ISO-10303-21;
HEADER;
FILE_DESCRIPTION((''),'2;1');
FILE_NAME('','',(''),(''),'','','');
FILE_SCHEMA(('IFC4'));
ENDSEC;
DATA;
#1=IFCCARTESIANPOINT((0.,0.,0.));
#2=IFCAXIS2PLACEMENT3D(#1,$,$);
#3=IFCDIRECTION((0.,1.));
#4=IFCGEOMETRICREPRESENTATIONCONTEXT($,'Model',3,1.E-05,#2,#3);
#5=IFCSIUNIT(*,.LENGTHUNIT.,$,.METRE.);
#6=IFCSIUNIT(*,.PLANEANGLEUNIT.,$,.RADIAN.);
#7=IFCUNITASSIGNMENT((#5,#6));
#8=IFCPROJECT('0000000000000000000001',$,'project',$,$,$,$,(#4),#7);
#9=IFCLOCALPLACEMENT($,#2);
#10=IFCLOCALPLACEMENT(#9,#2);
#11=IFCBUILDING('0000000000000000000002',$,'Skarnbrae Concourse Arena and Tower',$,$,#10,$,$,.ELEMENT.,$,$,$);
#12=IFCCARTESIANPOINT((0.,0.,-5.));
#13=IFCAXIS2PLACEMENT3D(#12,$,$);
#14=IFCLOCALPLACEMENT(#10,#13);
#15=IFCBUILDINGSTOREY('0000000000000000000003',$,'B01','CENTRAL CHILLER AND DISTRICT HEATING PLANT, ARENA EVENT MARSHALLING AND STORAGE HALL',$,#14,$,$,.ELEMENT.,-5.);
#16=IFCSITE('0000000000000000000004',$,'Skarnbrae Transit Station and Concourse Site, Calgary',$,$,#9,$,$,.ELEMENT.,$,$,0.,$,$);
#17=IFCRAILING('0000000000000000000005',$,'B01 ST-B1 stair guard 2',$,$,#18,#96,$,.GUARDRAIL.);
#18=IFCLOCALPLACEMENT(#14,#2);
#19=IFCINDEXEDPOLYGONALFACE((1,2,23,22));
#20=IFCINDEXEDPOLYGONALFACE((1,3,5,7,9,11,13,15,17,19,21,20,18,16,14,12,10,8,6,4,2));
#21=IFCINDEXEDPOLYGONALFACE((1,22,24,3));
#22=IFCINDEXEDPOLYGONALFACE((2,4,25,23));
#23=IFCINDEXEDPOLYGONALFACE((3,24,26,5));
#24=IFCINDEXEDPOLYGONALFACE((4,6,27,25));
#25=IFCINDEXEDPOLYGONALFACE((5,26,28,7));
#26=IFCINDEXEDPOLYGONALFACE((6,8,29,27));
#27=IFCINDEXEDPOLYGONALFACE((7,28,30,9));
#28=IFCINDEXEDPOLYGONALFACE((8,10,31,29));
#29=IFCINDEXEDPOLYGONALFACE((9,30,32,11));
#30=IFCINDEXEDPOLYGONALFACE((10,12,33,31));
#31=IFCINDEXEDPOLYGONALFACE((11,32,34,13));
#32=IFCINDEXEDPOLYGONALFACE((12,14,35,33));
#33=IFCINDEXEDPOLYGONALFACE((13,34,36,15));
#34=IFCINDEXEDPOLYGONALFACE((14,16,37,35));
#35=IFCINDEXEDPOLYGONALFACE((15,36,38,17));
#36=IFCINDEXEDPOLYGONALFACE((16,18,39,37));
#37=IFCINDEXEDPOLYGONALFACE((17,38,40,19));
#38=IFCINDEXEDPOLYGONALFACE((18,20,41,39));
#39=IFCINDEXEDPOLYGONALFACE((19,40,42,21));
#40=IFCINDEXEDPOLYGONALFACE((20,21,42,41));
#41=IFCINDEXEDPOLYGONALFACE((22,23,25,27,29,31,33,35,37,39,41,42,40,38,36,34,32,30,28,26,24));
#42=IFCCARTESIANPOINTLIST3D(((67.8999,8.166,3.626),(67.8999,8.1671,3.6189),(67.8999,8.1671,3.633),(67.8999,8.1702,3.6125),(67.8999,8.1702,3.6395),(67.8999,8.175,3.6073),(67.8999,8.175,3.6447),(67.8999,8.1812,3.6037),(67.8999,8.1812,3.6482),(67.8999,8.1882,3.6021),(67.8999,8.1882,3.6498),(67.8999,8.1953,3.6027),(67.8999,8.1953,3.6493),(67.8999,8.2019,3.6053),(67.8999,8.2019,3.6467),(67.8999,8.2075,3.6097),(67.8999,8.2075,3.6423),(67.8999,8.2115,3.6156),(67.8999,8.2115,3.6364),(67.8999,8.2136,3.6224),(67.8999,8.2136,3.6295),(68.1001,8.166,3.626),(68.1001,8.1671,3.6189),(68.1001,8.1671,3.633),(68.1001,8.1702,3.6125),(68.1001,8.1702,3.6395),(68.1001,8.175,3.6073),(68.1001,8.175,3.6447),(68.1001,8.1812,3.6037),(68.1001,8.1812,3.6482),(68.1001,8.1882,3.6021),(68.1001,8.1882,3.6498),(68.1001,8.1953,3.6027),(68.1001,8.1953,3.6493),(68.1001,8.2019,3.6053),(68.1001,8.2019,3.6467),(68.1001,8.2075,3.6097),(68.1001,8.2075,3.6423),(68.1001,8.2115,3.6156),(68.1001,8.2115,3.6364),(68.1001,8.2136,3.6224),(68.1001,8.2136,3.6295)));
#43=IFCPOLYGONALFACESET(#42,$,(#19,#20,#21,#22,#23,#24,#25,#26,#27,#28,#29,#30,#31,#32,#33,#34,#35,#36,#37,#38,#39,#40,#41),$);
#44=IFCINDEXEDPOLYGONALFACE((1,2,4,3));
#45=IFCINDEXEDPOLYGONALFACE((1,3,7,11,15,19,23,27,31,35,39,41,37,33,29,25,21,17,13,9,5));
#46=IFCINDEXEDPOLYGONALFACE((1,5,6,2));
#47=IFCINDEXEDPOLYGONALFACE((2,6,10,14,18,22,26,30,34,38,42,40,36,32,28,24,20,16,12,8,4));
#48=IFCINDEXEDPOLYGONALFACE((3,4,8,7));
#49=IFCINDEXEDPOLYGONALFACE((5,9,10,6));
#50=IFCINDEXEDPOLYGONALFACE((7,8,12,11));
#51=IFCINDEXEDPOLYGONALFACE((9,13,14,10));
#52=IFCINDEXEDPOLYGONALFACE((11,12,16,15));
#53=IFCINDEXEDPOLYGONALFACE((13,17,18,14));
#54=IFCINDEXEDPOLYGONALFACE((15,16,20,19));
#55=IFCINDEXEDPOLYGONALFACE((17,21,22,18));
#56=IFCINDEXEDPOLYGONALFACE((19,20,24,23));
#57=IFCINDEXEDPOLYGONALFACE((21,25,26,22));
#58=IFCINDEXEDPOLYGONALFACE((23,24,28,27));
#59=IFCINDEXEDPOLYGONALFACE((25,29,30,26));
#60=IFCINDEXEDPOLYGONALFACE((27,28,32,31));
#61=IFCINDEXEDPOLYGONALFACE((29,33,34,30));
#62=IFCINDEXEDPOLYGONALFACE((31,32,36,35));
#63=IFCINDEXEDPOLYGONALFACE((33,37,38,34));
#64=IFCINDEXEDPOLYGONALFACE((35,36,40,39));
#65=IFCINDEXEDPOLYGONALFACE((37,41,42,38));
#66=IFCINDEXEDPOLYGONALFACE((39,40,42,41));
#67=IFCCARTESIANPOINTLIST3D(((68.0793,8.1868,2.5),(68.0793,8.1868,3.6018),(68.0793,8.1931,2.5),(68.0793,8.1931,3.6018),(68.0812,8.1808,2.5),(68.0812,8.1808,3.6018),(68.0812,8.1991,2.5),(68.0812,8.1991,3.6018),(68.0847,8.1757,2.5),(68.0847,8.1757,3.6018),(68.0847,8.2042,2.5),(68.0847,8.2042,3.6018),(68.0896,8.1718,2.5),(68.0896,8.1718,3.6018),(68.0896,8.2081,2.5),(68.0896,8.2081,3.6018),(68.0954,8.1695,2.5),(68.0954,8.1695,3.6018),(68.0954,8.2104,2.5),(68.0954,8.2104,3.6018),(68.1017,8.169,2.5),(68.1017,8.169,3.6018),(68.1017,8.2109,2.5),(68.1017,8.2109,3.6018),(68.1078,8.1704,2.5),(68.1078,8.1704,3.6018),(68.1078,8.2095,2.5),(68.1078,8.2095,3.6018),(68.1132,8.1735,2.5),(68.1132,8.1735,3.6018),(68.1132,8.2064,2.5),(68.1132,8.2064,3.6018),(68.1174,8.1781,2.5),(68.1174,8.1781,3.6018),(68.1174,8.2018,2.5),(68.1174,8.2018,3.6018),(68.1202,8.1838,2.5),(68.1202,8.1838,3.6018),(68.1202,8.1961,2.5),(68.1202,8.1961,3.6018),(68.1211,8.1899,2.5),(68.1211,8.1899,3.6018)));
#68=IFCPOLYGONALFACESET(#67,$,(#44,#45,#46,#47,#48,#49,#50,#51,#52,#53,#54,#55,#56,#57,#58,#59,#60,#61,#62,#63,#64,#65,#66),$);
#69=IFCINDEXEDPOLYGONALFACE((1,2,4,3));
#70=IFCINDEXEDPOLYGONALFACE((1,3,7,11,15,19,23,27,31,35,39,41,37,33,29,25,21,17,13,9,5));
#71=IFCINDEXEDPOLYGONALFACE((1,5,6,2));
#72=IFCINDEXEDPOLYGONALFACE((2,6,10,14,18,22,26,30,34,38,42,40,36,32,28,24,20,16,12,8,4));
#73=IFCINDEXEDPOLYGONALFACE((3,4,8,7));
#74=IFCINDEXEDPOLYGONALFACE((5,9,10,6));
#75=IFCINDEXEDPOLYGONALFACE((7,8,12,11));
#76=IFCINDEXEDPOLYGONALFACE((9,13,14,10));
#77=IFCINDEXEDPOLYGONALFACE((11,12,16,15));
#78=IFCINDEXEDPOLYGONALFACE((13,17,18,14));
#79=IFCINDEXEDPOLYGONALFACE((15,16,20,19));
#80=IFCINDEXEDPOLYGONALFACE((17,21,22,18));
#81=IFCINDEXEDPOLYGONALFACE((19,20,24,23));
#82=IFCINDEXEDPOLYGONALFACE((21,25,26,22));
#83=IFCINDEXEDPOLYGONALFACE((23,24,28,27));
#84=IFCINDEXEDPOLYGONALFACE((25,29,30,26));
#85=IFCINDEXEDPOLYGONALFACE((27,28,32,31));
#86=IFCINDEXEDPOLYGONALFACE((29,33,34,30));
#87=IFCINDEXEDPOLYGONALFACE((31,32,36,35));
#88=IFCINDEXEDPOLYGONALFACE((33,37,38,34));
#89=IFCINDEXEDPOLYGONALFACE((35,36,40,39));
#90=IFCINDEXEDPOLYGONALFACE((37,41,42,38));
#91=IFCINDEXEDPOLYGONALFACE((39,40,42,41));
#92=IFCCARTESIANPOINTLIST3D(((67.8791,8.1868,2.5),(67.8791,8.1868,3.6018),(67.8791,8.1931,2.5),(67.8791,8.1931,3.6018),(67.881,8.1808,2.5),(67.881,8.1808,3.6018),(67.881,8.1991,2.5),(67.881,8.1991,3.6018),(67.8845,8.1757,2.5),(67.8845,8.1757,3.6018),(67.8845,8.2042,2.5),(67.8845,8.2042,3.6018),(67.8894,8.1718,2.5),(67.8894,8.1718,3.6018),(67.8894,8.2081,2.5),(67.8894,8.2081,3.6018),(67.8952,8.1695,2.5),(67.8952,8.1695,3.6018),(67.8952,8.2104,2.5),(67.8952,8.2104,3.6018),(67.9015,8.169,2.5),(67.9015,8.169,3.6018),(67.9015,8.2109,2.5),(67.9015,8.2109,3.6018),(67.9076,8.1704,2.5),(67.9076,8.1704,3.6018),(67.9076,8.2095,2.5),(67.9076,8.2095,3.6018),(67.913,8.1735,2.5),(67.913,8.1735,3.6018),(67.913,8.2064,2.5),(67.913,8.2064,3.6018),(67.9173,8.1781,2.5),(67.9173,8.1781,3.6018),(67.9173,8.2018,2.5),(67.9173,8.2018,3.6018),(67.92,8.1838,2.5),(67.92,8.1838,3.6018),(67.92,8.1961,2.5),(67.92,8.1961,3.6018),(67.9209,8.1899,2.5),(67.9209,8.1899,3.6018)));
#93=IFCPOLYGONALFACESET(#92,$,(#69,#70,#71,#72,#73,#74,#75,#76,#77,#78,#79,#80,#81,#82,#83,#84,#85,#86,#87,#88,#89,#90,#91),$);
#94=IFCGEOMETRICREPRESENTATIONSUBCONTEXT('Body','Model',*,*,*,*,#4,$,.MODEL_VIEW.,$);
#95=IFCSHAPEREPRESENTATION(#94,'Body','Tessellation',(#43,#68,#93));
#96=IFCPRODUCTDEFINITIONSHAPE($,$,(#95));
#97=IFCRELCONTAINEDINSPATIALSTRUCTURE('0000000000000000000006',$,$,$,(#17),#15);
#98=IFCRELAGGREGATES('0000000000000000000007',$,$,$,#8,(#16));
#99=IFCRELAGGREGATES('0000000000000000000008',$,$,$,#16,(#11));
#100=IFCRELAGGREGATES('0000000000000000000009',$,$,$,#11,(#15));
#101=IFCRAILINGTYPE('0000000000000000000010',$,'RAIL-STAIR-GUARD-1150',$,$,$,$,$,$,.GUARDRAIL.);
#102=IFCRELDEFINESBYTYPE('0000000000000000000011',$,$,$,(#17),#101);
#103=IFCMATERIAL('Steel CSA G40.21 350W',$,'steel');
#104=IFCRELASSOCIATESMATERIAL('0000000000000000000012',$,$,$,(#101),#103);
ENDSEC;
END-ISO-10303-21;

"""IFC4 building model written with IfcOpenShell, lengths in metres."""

from ifc_helpers import new_model, si_unit, direction, frame, origin, origin_2d, place, context, subcontext, project, spatial, circle, extrude, material, type_object, element, save


model = new_model("IFC4")

# Units and contexts
model_context = context("Model", 3, precision=1e-05, world=origin(), true_north=direction((0.0, 1.0)))
body_context = subcontext(model_context, "Body", "Model", "MODEL_VIEW")
ifc_project = project(units=[si_unit("LENGTHUNIT", "METRE"), si_unit("PLANEANGLEUNIT", "RADIAN")], contexts=[model_context])

# Site, building, storey
site_placement = place(None, origin())
site = spatial("IfcSite", under=ifc_project, at=site_placement, Name="Skarnbrae Transit Station and Concourse Site, Calgary", CompositionType="ELEMENT", RefElevation=0.0)
building_placement = place(site_placement, origin())
building = spatial("IfcBuilding", under=site, at=building_placement, Name="Skarnbrae Concourse Arena and Tower", CompositionType="ELEMENT")
storey_placement = place(building_placement, frame((0.0, 0.0, -5.0)))
storey = spatial("IfcBuildingStorey", under=building, at=storey_placement, Name="B01", Description="CENTRAL CHILLER AND DISTRICT HEATING PLANT, ARENA EVENT MARSHALLING AND STORAGE HALL", CompositionType="ELEMENT", Elevation=-5.0)

# Shared definitions
ifc_material_1 = material(Name="Steel CSA G40.21 350W", Category="steel")

# Railing
railing_type_1 = type_object("IfcRailingType", Name="RAIL-STAIR-GUARD-1150", PredefinedType="GUARDRAIL", material=ifc_material_1)
railing_1_placement = place(storey_placement, frame((68.1001, 8.1899, 2.5)))
element("IfcRailing", 1, at=railing_1_placement, inside=storey, type_object=railing_type_1, Name="B01 ST-B1 stair guard 2", PredefinedType="GUARDRAIL", context=body_context, shape_type="SweptSolid", body=[
    extrude(circle(Radius=0.0239, at=origin_2d()), frame((0.0, 0.0, 1.126), z_axis=(-1.0, 0.0, 0.0), x_axis=(0.0, -1.0, 0.0)), (0.0, 0.0, 1.0), 0.2002),
    extrude(circle(Radius=0.021, at=origin_2d()), origin(), (0.0, 0.0, 1.0), 1.1018),
    extrude(circle(Radius=0.021, at=origin_2d()), frame((-0.2002, 0.0, 0.0)), (0.0, 0.0, 1.0), 1.1018),
])

save(model, "model.ifc")
